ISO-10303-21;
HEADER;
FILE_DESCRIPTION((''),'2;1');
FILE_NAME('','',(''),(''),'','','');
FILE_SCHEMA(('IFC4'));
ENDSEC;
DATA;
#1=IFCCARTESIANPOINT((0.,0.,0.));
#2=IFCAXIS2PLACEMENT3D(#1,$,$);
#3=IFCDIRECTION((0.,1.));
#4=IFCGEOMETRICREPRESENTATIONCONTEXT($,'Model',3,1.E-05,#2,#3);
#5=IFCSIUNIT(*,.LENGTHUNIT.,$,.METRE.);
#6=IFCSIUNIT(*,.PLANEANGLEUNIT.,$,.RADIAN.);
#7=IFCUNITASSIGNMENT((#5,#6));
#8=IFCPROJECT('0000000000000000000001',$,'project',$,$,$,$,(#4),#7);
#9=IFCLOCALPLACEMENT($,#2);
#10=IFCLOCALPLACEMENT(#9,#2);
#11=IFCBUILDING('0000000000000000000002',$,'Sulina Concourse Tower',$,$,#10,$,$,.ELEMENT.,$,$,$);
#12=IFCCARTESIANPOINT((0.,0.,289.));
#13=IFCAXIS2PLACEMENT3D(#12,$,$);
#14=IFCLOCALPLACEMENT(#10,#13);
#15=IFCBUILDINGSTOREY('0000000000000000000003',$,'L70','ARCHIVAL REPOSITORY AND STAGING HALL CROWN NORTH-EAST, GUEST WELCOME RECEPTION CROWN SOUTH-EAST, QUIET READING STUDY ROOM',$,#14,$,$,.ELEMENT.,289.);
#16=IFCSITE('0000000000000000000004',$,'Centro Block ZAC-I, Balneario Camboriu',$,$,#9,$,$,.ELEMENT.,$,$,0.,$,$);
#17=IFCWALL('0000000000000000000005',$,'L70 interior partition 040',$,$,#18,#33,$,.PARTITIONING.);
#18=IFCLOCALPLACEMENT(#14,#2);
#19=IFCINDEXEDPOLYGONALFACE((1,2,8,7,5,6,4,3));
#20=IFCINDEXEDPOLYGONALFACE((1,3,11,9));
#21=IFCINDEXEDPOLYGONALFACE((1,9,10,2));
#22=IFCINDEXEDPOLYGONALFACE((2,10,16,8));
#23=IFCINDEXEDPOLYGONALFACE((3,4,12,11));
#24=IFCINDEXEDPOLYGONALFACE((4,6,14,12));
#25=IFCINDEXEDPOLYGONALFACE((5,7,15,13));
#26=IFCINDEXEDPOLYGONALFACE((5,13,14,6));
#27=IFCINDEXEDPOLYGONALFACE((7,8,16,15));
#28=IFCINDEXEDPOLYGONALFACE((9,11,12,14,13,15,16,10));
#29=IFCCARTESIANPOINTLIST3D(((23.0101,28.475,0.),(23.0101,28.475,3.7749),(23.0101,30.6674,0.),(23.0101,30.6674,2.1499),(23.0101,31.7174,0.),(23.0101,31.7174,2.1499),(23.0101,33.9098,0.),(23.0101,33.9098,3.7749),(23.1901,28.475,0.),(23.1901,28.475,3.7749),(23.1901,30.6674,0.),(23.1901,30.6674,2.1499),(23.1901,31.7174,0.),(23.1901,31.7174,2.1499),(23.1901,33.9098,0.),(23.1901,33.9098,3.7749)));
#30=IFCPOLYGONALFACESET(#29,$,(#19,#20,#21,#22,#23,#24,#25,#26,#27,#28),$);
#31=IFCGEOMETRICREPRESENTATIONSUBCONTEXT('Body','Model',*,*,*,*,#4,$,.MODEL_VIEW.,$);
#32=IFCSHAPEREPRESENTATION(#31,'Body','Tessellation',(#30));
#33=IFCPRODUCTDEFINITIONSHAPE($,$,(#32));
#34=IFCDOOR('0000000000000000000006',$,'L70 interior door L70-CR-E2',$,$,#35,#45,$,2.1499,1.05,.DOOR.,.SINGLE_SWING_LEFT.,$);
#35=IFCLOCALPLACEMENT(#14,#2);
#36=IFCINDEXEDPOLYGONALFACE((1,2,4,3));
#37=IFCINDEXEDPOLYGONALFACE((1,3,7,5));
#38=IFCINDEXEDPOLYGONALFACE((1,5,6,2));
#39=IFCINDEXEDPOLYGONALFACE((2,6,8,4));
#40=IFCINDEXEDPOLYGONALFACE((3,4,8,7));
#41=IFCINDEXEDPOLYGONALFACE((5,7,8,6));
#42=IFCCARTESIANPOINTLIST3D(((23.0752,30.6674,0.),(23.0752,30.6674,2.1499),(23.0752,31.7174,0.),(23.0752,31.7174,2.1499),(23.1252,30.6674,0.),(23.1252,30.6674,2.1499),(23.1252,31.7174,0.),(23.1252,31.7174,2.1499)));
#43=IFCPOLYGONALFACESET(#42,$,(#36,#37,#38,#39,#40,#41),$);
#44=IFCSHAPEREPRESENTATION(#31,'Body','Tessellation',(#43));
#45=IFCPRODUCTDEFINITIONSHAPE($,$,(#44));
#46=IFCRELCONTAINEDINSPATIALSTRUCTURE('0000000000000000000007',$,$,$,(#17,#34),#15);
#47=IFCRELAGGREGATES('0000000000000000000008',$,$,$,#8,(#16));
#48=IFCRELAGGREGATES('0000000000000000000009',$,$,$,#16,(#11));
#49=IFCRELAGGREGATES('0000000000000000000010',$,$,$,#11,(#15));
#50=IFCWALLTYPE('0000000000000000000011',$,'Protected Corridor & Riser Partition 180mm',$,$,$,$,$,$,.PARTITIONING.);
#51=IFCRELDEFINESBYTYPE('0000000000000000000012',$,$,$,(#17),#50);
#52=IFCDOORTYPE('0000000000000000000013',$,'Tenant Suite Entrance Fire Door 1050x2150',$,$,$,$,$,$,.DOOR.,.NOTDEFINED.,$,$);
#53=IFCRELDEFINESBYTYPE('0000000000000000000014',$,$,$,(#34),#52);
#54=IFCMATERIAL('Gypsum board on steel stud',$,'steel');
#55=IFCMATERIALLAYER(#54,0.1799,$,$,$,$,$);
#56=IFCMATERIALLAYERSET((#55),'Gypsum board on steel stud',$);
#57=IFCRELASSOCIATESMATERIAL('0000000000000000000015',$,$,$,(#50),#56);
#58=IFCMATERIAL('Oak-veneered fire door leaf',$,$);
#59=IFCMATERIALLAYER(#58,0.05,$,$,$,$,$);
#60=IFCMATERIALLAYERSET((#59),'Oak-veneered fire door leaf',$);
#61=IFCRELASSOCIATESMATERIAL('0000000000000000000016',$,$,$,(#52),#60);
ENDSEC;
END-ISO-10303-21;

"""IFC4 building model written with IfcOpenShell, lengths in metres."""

from ifc_helpers import new_model, si_unit, direction, frame, frame_2d, origin, place, context, subcontext, project, spatial, rectangle, extrude, material, layer, layer_set, type_object, element, fill, save


model = new_model("IFC4")

# Units and contexts
model_context = context("Model", 3, precision=1e-05, world=origin(), true_north=direction((0.0, 1.0)))
body_context = subcontext(model_context, "Body", "Model", "MODEL_VIEW")
ifc_project = project(units=[si_unit("LENGTHUNIT", "METRE"), si_unit("PLANEANGLEUNIT", "RADIAN")], contexts=[model_context])

# Site, building, storey
site_placement = place(None, origin())
site = spatial("IfcSite", under=ifc_project, at=site_placement, Name="Centro Block ZAC-I, Balneario Camboriu", CompositionType="ELEMENT", RefElevation=0.0)
building_placement = place(site_placement, origin())
building = spatial("IfcBuilding", under=site, at=building_placement, Name="Sulina Concourse Tower", CompositionType="ELEMENT")
storey_placement = place(building_placement, frame((0.0, 0.0, 289.0)))
storey = spatial("IfcBuildingStorey", under=building, at=storey_placement, Name="L70", Description="ARCHIVAL REPOSITORY AND STAGING HALL CROWN NORTH-EAST, GUEST WELCOME RECEPTION CROWN SOUTH-EAST, QUIET READING STUDY ROOM", CompositionType="ELEMENT", Elevation=289.0)

# Shared definitions
ifc_material_1 = material(Name="Gypsum board on steel stud", Category="steel")
ifc_layer_1 = layer(ifc_material_1, 0.1799)
ifc_layer_set_1 = layer_set([ifc_layer_1], Name="Gypsum board on steel stud")
wall_type_1 = type_object("IfcWallType", Name="Protected Corridor & Riser Partition 180mm", PredefinedType="PARTITIONING", material=ifc_layer_set_1)
ifc_material_2 = material(Name="Oak-veneered fire door leaf")
ifc_layer_2 = layer(ifc_material_2, 0.05)
ifc_layer_set_2 = layer_set([ifc_layer_2], Name="Oak-veneered fire door leaf")
door_type_1 = type_object("IfcDoorType", Name="Tenant Suite Entrance Fire Door 1050x2150", OperationType="NOTDEFINED", PredefinedType="DOOR", material=ifc_layer_set_2)

# Wall, opening, door
wall_1_placement = place(storey_placement, frame((23.1001, 28.4751, 0.0), z_axis=(0.0, 0.0, 1.0), x_axis=(0.0, 1.0, 0.0)))
wall_1 = element("IfcWall", 1, at=wall_1_placement, inside=storey, type_object=wall_type_1, Name="L70 interior partition 040", PredefinedType="PARTITIONING", context=body_context, shape_type="SweptSolid", body=[
    extrude(rectangle(XDim=5.4348, YDim=0.1799, at=frame_2d((2.7173, 0.0))), origin(), (0.0, 0.0, 1.0), 3.7749),
])
opening_1_placement = place(wall_1_placement, frame((2.1924, 0.0, 0.0)))
opening_1 = element("IfcOpeningElement", 2, at=opening_1_placement, cuts=wall_1, PredefinedType="OPENING", context=body_context, shape_type="SweptSolid", body=[
    extrude(rectangle(XDim=1.05, YDim=2.1499, at=frame_2d((0.5249, 1.075))), frame((0.0, 0.0999, 0.0), z_axis=(0.0, -1.0, 0.0), x_axis=(1.0, 0.0, 0.0)), (0.0, 0.0, 1.0), 0.2),
])
door_1_placement = place(opening_1_placement, origin())
door_1 = element("IfcDoor", 3, at=door_1_placement, inside=storey, type_object=door_type_1, Name="L70 interior door L70-CR-E2", OperationType="SINGLE_SWING_LEFT", OverallHeight=2.1499, OverallWidth=1.05, PredefinedType="DOOR", context=body_context, shape_type="SweptSolid", body=[
    extrude(rectangle(XDim=1.05, YDim=2.1499, at=frame_2d((0.5249, 1.075))), frame((0.0, 0.0249, 0.0), z_axis=(0.0, -1.0, 0.0), x_axis=(1.0, 0.0, 0.0)), (0.0, 0.0, 1.0), 0.05),
])
fill(opening_1, door_1)

save(model, "model.ifc")
